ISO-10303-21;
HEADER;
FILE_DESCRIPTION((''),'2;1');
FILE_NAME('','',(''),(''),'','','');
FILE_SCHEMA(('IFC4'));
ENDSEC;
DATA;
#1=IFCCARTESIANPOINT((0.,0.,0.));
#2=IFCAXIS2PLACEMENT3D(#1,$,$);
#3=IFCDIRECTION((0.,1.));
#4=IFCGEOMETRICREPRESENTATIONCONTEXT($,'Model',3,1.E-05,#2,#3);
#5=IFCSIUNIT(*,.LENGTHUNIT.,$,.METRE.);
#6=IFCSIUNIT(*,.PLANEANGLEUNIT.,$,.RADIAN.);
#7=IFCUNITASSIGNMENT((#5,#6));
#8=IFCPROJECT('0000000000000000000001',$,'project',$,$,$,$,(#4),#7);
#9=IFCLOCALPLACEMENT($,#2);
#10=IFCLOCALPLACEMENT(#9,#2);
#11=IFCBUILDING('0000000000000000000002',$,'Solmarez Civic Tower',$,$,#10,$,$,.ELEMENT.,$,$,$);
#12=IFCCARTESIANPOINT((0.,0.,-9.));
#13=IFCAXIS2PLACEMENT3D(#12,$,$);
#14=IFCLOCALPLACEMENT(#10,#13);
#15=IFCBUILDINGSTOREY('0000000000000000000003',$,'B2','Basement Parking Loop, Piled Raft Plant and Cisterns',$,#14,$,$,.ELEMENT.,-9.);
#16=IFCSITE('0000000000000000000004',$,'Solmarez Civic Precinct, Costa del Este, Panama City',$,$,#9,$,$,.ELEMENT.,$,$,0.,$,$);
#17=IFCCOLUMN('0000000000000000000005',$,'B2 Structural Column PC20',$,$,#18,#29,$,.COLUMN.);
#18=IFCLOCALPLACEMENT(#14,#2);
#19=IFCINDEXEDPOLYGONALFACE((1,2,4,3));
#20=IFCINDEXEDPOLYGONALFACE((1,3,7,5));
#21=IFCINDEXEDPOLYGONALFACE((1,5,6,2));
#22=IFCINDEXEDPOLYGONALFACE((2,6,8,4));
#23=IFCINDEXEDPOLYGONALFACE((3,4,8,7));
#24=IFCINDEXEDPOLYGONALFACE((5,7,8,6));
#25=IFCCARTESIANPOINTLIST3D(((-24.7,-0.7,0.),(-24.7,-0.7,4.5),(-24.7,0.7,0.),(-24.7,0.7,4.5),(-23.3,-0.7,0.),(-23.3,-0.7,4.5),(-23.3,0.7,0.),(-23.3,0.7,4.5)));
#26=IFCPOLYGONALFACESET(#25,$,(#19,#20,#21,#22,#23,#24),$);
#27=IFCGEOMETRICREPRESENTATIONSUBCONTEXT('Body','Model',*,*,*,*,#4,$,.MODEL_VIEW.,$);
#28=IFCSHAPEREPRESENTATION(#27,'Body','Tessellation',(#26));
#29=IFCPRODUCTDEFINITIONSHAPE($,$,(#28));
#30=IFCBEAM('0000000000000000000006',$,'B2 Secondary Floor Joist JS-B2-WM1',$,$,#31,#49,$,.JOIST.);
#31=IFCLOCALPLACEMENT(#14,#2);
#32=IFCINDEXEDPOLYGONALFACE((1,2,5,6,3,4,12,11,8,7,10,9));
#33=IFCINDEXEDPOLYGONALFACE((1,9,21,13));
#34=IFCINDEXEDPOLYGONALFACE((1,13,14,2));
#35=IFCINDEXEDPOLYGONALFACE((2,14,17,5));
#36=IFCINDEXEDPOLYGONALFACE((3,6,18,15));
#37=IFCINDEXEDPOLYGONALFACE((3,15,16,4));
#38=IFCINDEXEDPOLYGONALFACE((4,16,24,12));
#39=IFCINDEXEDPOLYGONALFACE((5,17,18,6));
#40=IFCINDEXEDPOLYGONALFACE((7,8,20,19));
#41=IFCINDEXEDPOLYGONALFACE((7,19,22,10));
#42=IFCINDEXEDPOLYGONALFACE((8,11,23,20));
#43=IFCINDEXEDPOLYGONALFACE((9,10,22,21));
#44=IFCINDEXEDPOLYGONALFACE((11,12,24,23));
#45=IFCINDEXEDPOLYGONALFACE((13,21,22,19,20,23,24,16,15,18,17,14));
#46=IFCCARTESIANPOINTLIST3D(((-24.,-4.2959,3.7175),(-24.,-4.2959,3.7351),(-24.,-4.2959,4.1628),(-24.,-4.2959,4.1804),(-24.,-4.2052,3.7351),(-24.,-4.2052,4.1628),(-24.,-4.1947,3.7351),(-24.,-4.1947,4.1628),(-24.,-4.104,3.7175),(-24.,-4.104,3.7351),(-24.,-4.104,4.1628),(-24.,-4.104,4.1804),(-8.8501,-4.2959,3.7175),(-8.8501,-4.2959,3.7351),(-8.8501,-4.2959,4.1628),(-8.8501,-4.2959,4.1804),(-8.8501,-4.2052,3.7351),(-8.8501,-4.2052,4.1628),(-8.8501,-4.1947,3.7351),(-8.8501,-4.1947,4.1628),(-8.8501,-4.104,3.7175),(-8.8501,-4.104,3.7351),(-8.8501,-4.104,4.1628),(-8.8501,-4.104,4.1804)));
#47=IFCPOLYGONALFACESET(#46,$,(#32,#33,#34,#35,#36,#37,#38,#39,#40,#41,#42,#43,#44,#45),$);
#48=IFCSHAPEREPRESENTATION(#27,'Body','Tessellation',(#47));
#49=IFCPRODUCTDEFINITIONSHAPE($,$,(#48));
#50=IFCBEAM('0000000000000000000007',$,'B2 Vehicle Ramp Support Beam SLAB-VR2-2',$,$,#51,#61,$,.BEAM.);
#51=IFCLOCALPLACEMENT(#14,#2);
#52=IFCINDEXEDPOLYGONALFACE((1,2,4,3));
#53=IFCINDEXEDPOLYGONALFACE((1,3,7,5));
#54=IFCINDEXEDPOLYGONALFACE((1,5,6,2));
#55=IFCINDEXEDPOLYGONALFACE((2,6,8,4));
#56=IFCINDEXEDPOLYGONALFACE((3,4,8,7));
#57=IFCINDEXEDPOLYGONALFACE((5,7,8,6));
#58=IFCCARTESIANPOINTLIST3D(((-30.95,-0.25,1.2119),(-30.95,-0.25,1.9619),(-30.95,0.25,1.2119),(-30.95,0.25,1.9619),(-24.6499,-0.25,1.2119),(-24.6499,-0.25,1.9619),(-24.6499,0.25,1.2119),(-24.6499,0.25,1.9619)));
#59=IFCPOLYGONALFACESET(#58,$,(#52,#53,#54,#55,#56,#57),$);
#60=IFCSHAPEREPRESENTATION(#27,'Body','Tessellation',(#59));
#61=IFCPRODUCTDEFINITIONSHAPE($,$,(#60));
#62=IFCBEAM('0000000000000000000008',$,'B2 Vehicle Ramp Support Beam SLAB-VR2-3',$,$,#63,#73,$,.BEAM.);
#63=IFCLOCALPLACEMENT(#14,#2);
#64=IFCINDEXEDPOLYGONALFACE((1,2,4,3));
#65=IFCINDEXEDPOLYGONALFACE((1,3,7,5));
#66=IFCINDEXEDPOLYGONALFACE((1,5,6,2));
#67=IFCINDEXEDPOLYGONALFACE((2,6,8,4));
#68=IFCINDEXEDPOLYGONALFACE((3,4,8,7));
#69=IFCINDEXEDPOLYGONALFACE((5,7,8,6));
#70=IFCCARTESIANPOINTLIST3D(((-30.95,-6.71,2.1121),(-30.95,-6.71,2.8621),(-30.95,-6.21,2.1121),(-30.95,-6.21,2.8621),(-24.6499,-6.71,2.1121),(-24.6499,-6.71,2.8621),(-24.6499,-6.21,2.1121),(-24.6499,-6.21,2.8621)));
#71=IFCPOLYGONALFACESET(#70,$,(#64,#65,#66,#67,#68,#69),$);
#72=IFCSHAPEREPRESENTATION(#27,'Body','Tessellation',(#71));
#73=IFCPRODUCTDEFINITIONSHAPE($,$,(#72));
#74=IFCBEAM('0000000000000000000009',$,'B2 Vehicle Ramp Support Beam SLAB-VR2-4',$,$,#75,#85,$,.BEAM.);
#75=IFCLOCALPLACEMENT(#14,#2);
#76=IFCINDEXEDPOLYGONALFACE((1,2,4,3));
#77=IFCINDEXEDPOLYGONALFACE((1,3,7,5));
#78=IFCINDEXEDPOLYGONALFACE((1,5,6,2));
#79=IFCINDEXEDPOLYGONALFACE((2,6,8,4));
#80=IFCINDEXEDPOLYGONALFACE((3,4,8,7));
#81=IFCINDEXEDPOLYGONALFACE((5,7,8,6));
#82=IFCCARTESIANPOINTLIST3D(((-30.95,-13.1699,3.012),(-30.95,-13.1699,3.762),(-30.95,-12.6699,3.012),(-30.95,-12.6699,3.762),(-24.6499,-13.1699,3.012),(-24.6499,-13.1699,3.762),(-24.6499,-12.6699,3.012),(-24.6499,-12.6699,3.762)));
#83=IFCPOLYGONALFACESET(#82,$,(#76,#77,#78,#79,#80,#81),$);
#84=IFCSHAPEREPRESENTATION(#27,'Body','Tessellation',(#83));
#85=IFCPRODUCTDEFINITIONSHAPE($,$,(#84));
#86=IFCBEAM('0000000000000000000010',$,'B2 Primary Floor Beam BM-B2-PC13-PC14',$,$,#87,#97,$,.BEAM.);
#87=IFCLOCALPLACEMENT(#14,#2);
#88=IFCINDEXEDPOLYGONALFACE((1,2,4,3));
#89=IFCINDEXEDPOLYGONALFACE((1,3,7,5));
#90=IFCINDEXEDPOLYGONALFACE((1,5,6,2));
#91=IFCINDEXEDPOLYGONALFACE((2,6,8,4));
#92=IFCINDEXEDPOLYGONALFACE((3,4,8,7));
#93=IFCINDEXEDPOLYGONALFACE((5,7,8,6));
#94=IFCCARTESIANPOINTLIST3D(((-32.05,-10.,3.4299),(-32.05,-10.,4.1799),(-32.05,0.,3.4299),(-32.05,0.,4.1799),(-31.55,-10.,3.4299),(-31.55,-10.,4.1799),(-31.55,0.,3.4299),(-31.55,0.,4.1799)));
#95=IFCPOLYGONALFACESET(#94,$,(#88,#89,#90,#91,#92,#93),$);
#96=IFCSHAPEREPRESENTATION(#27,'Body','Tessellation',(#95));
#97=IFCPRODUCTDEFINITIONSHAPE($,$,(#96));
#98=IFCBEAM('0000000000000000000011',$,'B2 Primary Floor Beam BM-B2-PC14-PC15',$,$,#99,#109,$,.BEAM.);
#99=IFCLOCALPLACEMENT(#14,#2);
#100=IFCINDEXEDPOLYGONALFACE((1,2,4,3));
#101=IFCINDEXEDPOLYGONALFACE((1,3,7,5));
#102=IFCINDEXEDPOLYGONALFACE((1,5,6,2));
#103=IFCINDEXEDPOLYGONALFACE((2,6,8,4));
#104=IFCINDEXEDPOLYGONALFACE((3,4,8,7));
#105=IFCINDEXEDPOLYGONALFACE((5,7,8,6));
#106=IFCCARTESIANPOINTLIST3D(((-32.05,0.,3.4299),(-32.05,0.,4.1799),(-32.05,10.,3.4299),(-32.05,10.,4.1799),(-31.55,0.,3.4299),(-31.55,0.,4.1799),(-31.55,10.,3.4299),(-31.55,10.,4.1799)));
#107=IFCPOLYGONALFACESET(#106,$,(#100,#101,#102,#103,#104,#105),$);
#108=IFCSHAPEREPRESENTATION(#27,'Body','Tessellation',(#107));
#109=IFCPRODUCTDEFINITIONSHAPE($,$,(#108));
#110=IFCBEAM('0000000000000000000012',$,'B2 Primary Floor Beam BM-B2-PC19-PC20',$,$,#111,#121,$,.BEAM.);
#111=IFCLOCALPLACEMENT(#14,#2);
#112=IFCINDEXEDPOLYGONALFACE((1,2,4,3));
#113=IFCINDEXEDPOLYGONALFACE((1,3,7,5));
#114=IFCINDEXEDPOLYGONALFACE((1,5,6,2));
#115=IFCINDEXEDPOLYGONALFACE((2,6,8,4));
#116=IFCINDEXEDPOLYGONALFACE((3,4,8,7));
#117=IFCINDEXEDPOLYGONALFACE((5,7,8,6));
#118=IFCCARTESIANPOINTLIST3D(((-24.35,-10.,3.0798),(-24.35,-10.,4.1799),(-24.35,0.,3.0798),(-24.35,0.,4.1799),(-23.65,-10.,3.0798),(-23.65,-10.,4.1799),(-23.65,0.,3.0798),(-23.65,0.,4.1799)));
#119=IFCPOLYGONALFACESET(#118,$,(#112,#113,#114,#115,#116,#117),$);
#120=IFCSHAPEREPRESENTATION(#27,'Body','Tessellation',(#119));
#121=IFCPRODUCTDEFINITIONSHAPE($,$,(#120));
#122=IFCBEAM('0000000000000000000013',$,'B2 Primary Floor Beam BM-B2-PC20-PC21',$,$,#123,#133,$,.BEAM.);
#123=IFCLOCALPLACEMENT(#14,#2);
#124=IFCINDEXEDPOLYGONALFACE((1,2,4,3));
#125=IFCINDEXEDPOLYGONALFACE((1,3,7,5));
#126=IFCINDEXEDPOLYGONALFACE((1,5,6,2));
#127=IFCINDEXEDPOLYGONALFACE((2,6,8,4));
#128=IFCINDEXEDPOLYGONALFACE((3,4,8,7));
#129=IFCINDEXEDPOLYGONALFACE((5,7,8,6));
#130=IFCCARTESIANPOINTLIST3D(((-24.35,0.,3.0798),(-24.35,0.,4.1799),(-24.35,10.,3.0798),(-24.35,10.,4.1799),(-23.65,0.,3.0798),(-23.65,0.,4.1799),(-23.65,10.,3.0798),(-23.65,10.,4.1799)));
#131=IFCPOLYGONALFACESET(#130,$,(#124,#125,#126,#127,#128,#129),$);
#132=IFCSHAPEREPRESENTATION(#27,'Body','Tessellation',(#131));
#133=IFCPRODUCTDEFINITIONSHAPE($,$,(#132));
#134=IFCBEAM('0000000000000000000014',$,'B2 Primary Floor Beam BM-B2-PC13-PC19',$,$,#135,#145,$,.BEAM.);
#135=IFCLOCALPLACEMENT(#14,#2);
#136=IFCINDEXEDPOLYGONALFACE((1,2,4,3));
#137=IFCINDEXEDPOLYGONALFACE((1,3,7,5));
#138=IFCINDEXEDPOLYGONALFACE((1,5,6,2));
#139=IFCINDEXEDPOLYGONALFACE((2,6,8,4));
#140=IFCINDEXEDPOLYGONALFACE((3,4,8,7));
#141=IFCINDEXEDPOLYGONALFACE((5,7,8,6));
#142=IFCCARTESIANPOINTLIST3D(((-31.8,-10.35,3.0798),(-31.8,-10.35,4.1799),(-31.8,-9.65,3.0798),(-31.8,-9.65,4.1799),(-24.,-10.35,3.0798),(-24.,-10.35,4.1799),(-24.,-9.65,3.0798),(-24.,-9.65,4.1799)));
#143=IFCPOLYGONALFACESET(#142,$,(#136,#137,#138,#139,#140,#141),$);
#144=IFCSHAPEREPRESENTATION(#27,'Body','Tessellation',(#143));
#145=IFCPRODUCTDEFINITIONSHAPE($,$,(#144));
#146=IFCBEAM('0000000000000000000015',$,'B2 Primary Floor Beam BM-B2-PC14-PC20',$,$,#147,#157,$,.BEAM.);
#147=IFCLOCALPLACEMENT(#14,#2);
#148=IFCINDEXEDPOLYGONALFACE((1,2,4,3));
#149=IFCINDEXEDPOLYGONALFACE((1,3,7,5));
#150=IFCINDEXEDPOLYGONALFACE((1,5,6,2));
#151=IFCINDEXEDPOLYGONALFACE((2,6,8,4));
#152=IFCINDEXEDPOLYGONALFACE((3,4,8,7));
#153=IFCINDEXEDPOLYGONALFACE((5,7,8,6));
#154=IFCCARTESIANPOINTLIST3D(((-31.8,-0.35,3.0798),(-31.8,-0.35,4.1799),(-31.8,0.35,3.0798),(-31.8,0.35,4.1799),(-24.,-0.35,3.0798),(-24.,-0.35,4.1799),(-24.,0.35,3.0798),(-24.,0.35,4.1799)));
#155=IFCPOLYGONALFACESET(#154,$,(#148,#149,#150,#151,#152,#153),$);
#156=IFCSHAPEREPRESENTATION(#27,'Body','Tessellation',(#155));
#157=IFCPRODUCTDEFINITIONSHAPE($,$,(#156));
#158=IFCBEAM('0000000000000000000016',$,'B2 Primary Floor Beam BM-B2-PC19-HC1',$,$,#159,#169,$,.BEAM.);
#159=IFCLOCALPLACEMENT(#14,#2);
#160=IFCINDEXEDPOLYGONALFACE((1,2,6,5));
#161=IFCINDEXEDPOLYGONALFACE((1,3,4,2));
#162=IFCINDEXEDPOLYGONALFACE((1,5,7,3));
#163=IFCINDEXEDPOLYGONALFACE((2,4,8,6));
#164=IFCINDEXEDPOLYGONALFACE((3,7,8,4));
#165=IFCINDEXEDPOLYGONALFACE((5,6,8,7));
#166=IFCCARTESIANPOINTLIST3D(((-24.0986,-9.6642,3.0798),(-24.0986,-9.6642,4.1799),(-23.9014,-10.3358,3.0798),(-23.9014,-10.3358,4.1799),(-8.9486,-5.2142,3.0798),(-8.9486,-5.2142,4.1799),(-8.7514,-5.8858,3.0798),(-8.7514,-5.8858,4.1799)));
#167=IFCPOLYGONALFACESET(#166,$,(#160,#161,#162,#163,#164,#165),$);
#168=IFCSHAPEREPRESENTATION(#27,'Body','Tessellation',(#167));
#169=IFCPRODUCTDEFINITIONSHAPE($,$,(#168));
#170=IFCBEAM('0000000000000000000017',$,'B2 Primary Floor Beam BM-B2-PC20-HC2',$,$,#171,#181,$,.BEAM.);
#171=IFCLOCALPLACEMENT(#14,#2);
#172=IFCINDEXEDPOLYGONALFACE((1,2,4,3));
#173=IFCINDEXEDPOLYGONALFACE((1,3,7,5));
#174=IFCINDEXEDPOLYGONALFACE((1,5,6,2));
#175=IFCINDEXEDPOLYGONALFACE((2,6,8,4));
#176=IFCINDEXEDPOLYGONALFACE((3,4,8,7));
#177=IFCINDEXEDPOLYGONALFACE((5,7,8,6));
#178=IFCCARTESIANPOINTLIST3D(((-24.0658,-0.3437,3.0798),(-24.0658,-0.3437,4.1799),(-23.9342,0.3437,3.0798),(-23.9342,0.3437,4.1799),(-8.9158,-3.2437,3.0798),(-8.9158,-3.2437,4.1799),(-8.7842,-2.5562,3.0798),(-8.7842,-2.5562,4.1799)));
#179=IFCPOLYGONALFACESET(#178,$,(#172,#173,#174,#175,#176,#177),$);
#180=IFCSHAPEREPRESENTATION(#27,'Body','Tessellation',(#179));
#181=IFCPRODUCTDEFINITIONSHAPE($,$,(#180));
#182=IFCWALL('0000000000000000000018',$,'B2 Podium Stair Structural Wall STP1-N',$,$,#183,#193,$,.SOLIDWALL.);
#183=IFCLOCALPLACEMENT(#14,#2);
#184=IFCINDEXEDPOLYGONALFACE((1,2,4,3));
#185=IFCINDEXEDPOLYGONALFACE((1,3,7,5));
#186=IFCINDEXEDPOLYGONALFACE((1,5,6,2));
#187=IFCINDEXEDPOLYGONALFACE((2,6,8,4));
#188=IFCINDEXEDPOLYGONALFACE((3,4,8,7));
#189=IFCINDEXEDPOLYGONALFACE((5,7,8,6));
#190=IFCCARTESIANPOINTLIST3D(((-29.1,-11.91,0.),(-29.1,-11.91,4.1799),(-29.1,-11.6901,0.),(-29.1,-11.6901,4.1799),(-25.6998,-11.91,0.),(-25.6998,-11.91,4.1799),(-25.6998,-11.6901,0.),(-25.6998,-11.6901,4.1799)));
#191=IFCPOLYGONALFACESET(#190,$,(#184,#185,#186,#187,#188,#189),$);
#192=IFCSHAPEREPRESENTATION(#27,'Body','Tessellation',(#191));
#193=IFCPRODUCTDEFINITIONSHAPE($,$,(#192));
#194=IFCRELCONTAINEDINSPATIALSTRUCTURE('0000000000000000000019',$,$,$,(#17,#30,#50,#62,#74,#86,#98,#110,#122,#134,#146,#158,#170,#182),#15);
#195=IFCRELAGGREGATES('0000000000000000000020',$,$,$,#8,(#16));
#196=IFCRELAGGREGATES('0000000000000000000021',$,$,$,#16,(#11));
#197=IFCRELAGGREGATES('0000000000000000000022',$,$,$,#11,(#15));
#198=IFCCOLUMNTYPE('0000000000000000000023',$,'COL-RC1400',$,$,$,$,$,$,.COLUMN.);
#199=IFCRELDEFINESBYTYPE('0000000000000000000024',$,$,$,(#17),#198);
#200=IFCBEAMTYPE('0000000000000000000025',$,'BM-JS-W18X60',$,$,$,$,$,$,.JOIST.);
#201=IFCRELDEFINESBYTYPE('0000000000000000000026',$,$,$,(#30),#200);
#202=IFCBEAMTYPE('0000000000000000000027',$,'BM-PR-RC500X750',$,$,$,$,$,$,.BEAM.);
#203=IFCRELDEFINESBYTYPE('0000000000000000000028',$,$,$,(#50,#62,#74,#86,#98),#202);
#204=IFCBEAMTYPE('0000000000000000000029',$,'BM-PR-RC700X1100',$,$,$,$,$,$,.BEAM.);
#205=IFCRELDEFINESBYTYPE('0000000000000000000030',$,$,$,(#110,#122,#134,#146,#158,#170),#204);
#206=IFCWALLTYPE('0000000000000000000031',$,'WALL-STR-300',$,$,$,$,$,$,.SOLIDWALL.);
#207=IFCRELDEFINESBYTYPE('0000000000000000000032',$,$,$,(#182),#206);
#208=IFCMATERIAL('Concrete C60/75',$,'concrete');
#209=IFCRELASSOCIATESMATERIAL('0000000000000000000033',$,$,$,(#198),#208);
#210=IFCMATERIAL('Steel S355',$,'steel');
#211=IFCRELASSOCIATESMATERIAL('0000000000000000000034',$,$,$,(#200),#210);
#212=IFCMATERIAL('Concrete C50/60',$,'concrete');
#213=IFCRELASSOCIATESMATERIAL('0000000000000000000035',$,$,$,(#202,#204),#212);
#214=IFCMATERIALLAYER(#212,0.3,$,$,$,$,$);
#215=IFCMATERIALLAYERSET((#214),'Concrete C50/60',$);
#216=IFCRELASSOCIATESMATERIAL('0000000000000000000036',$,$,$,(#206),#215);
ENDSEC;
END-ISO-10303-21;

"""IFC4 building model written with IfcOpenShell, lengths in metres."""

from ifc_helpers import new_model, si_unit, direction, frame, frame_2d, origin, origin_2d, place, context, subcontext, project, spatial, rectangle, i_section, extrude, material, layer, layer_set, material_profile, profile_set, type_object, element, save


model = new_model("IFC4")

# Units and contexts
model_context = context("Model", 3, precision=1e-05, world=origin(), true_north=direction((0.0, 1.0)))
body_context = subcontext(model_context, "Body", "Model", "MODEL_VIEW")
ifc_project = project(units=[si_unit("LENGTHUNIT", "METRE"), si_unit("PLANEANGLEUNIT", "RADIAN")], contexts=[model_context])

# Site, building, storey
site_placement = place(None, origin())
site = spatial("IfcSite", under=ifc_project, at=site_placement, Name="Solmarez Civic Precinct, Costa del Este, Panama City", CompositionType="ELEMENT", RefElevation=0.0)
building_placement = place(site_placement, origin())
building = spatial("IfcBuilding", under=site, at=building_placement, Name="Solmarez Civic Tower", CompositionType="ELEMENT")
storey_placement = place(building_placement, frame((0.0, 0.0, -9.0)))
storey = spatial("IfcBuildingStorey", under=building, at=storey_placement, Name="B2", Description="Basement Parking Loop, Piled Raft Plant and Cisterns", CompositionType="ELEMENT", Elevation=-9.0)

# Column
ifc_material_1 = material(Name="Concrete C60/75", Category="concrete")
ifc_material_profile_1 = material_profile(ifc_material_1, rectangle(XDim=1.3999, YDim=1.3999, at=origin_2d()), Name="RC1400X1400")
ifc_profile_set_1 = profile_set([ifc_material_profile_1], Name="Concrete C60/75")
column_type = type_object("IfcColumnType", Name="COL-RC1400", PredefinedType="COLUMN", material=ifc_profile_set_1)
for number, where, z_axis, x_axis, name in (
    (1, (-24.0, 0.0, 0.0), (0.0, 0.0, 1.0), (1.0, 0.0, 0.0), "B2 Structural Column PC20"),
):
    element("IfcColumn", number, at=place(storey_placement, frame(where, z_axis=z_axis, x_axis=x_axis)), inside=storey, type_object=column_type, Name=name, PredefinedType="COLUMN", context=body_context, shape_type="SweptSolid", body=[
        extrude(rectangle(XDim=1.3999, YDim=1.3999, at=origin_2d()), origin(), (0.0, 0.0, 1.0), 4.5),
    ])

# Beams
ifc_material_2 = material(Name="Steel S355", Category="steel")
ifc_material_profile_2 = material_profile(ifc_material_2, i_section(OverallWidth=0.1919, OverallDepth=0.4629, WebThickness=0.0105, FlangeThickness=0.0176, at=origin_2d()), Name="W18X60")
ifc_profile_set_2 = profile_set([ifc_material_profile_2], Name="Steel S355")
beam_type_1 = type_object("IfcBeamType", Name="BM-JS-W18X60", PredefinedType="JOIST", material=ifc_profile_set_2)
beam_1_placement = place(storey_placement, frame((-24.0, -4.2, 3.949), z_axis=(1.0, 0.0, 0.0), x_axis=(0.0, 1.0, 0.0)))
element("IfcBeam", 2, at=beam_1_placement, inside=storey, type_object=beam_type_1, Name="B2 Secondary Floor Joist JS-B2-WM1", PredefinedType="JOIST", context=body_context, shape_type="SweptSolid", body=[
    extrude(i_section(OverallWidth=0.1919, OverallDepth=0.4629, WebThickness=0.0105, FlangeThickness=0.0176, at=origin_2d()), origin(), (0.0, 0.0, 1.0), 15.1499),
])
ifc_material_3 = material(Name="Concrete C50/60", Category="concrete")
ifc_material_profile_3 = material_profile(ifc_material_3, rectangle(XDim=0.5, YDim=0.75, at=origin_2d()), Name="RC500X750")
ifc_profile_set_3 = profile_set([ifc_material_profile_3], Name="Concrete C50/60")
beam_type_2 = type_object("IfcBeamType", Name="BM-PR-RC500X750", PredefinedType="BEAM", material=ifc_profile_set_3)
for number, where, z_axis, x_axis, name in (
    (3, (-30.95, 0.0, 1.5869), (1.0, 0.0, 0.0), (0.0, 1.0, 0.0), "B2 Vehicle Ramp Support Beam SLAB-VR2-2"),
    (4, (-30.95, -6.46, 2.4871), (1.0, 0.0, 0.0), (0.0, 1.0, 0.0), "B2 Vehicle Ramp Support Beam SLAB-VR2-3"),
    (5, (-30.95, -12.9199, 3.387), (1.0, 0.0, 0.0), (0.0, 1.0, 0.0), "B2 Vehicle Ramp Support Beam SLAB-VR2-4"),
):
    element("IfcBeam", number, at=place(storey_placement, frame(where, z_axis=z_axis, x_axis=x_axis)), inside=storey, type_object=beam_type_2, Name=name, PredefinedType="BEAM", context=body_context, shape_type="SweptSolid", body=[
        extrude(rectangle(XDim=0.5, YDim=0.75, at=origin_2d()), origin(), (0.0, 0.0, 1.0), 6.3),
    ])
for number, where, z_axis, x_axis, name in (
    (6, (-31.8, -10.0, 3.8049), (0.0, 1.0, 0.0), (-1.0, 0.0, 0.0), "B2 Primary Floor Beam BM-B2-PC13-PC14"),
    (7, (-31.8, 0.0, 3.8049), (0.0, 1.0, 0.0), (-1.0, 0.0, 0.0), "B2 Primary Floor Beam BM-B2-PC14-PC15"),
):
    element("IfcBeam", number, at=place(storey_placement, frame(where, z_axis=z_axis, x_axis=x_axis)), inside=storey, type_object=beam_type_2, Name=name, PredefinedType="BEAM", context=body_context, shape_type="SweptSolid", body=[
        extrude(rectangle(XDim=0.5, YDim=0.75, at=origin_2d()), origin(), (0.0, 0.0, 1.0), 10.0),
    ])
ifc_material_profile_4 = material_profile(ifc_material_3, rectangle(XDim=0.7, YDim=1.1001, at=origin_2d()), Name="RC700X1100")
ifc_profile_set_4 = profile_set([ifc_material_profile_4], Name="Concrete C50/60")
beam_type_3 = type_object("IfcBeamType", Name="BM-PR-RC700X1100", PredefinedType="BEAM", material=ifc_profile_set_4)
for number, where, z_axis, x_axis, name in (
    (8, (-24.0, -10.0, 3.6299), (0.0, 1.0, 0.0), (-1.0, 0.0, 0.0), "B2 Primary Floor Beam BM-B2-PC19-PC20"),
    (9, (-24.0, 0.0, 3.6299), (0.0, 1.0, 0.0), (-1.0, 0.0, 0.0), "B2 Primary Floor Beam BM-B2-PC20-PC21"),
):
    element("IfcBeam", number, at=place(storey_placement, frame(where, z_axis=z_axis, x_axis=x_axis)), inside=storey, type_object=beam_type_3, Name=name, PredefinedType="BEAM", context=body_context, shape_type="SweptSolid", body=[
        extrude(rectangle(XDim=0.7, YDim=1.1001, at=origin_2d()), origin(), (0.0, 0.0, 1.0), 10.0),
    ])
for number, where, z_axis, x_axis, name in (
    (10, (-31.8, -10.0, 3.6299), (1.0, 0.0, 0.0), (0.0, 1.0, 0.0), "B2 Primary Floor Beam BM-B2-PC13-PC19"),
    (11, (-31.8, 0.0, 3.6299), (1.0, 0.0, 0.0), (0.0, 1.0, 0.0), "B2 Primary Floor Beam BM-B2-PC14-PC20"),
):
    element("IfcBeam", number, at=place(storey_placement, frame(where, z_axis=z_axis, x_axis=x_axis)), inside=storey, type_object=beam_type_3, Name=name, PredefinedType="BEAM", context=body_context, shape_type="SweptSolid", body=[
        extrude(rectangle(XDim=0.7, YDim=1.1001, at=origin_2d()), origin(), (0.0, 0.0, 1.0), 7.8),
    ])
beam_2_placement = place(storey_placement, frame((-24.0, -10.0, 3.6299), z_axis=(0.959467, 0.281822, 0.0), x_axis=(-0.281822, 0.959467, 0.0)))
element("IfcBeam", 12, at=beam_2_placement, inside=storey, type_object=beam_type_3, Name="B2 Primary Floor Beam BM-B2-PC19-HC1", PredefinedType="BEAM", context=body_context, shape_type="SweptSolid", body=[
    extrude(rectangle(XDim=0.7, YDim=1.1001, at=origin_2d()), origin(), (0.0, 0.0, 1.0), 15.79),
])
beam_3_placement = place(storey_placement, frame((-24.0, 0.0, 3.6299), z_axis=(0.982169, -0.188001, 0.0), x_axis=(0.188001, 0.982169, 0.0)))
element("IfcBeam", 13, at=beam_3_placement, inside=storey, type_object=beam_type_3, Name="B2 Primary Floor Beam BM-B2-PC20-HC2", PredefinedType="BEAM", context=body_context, shape_type="SweptSolid", body=[
    extrude(rectangle(XDim=0.7, YDim=1.1001, at=origin_2d()), origin(), (0.0, 0.0, 1.0), 15.425),
])

# Wall
ifc_layer = layer(ifc_material_3, 0.3)
ifc_layer_set = layer_set([ifc_layer], Name="Concrete C50/60")
wall_type = type_object("IfcWallType", Name="WALL-STR-300", PredefinedType="SOLIDWALL", material=ifc_layer_set)
wall_placement = place(storey_placement, frame((-29.1001, -11.8, 0.0), z_axis=(0.0, 0.0, 1.0), x_axis=(1.0, 0.0, 0.0)))
element("IfcWall", 14, at=wall_placement, inside=storey, type_object=wall_type, Name="B2 Podium Stair Structural Wall STP1-N", PredefinedType="SOLIDWALL", context=body_context, shape_type="SweptSolid", body=[
    extrude(rectangle(XDim=3.4001, YDim=0.22, at=frame_2d((1.7002, 0.0))), origin(), (0.0, 0.0, 1.0), 4.1799),
])

save(model, "model.ifc")
